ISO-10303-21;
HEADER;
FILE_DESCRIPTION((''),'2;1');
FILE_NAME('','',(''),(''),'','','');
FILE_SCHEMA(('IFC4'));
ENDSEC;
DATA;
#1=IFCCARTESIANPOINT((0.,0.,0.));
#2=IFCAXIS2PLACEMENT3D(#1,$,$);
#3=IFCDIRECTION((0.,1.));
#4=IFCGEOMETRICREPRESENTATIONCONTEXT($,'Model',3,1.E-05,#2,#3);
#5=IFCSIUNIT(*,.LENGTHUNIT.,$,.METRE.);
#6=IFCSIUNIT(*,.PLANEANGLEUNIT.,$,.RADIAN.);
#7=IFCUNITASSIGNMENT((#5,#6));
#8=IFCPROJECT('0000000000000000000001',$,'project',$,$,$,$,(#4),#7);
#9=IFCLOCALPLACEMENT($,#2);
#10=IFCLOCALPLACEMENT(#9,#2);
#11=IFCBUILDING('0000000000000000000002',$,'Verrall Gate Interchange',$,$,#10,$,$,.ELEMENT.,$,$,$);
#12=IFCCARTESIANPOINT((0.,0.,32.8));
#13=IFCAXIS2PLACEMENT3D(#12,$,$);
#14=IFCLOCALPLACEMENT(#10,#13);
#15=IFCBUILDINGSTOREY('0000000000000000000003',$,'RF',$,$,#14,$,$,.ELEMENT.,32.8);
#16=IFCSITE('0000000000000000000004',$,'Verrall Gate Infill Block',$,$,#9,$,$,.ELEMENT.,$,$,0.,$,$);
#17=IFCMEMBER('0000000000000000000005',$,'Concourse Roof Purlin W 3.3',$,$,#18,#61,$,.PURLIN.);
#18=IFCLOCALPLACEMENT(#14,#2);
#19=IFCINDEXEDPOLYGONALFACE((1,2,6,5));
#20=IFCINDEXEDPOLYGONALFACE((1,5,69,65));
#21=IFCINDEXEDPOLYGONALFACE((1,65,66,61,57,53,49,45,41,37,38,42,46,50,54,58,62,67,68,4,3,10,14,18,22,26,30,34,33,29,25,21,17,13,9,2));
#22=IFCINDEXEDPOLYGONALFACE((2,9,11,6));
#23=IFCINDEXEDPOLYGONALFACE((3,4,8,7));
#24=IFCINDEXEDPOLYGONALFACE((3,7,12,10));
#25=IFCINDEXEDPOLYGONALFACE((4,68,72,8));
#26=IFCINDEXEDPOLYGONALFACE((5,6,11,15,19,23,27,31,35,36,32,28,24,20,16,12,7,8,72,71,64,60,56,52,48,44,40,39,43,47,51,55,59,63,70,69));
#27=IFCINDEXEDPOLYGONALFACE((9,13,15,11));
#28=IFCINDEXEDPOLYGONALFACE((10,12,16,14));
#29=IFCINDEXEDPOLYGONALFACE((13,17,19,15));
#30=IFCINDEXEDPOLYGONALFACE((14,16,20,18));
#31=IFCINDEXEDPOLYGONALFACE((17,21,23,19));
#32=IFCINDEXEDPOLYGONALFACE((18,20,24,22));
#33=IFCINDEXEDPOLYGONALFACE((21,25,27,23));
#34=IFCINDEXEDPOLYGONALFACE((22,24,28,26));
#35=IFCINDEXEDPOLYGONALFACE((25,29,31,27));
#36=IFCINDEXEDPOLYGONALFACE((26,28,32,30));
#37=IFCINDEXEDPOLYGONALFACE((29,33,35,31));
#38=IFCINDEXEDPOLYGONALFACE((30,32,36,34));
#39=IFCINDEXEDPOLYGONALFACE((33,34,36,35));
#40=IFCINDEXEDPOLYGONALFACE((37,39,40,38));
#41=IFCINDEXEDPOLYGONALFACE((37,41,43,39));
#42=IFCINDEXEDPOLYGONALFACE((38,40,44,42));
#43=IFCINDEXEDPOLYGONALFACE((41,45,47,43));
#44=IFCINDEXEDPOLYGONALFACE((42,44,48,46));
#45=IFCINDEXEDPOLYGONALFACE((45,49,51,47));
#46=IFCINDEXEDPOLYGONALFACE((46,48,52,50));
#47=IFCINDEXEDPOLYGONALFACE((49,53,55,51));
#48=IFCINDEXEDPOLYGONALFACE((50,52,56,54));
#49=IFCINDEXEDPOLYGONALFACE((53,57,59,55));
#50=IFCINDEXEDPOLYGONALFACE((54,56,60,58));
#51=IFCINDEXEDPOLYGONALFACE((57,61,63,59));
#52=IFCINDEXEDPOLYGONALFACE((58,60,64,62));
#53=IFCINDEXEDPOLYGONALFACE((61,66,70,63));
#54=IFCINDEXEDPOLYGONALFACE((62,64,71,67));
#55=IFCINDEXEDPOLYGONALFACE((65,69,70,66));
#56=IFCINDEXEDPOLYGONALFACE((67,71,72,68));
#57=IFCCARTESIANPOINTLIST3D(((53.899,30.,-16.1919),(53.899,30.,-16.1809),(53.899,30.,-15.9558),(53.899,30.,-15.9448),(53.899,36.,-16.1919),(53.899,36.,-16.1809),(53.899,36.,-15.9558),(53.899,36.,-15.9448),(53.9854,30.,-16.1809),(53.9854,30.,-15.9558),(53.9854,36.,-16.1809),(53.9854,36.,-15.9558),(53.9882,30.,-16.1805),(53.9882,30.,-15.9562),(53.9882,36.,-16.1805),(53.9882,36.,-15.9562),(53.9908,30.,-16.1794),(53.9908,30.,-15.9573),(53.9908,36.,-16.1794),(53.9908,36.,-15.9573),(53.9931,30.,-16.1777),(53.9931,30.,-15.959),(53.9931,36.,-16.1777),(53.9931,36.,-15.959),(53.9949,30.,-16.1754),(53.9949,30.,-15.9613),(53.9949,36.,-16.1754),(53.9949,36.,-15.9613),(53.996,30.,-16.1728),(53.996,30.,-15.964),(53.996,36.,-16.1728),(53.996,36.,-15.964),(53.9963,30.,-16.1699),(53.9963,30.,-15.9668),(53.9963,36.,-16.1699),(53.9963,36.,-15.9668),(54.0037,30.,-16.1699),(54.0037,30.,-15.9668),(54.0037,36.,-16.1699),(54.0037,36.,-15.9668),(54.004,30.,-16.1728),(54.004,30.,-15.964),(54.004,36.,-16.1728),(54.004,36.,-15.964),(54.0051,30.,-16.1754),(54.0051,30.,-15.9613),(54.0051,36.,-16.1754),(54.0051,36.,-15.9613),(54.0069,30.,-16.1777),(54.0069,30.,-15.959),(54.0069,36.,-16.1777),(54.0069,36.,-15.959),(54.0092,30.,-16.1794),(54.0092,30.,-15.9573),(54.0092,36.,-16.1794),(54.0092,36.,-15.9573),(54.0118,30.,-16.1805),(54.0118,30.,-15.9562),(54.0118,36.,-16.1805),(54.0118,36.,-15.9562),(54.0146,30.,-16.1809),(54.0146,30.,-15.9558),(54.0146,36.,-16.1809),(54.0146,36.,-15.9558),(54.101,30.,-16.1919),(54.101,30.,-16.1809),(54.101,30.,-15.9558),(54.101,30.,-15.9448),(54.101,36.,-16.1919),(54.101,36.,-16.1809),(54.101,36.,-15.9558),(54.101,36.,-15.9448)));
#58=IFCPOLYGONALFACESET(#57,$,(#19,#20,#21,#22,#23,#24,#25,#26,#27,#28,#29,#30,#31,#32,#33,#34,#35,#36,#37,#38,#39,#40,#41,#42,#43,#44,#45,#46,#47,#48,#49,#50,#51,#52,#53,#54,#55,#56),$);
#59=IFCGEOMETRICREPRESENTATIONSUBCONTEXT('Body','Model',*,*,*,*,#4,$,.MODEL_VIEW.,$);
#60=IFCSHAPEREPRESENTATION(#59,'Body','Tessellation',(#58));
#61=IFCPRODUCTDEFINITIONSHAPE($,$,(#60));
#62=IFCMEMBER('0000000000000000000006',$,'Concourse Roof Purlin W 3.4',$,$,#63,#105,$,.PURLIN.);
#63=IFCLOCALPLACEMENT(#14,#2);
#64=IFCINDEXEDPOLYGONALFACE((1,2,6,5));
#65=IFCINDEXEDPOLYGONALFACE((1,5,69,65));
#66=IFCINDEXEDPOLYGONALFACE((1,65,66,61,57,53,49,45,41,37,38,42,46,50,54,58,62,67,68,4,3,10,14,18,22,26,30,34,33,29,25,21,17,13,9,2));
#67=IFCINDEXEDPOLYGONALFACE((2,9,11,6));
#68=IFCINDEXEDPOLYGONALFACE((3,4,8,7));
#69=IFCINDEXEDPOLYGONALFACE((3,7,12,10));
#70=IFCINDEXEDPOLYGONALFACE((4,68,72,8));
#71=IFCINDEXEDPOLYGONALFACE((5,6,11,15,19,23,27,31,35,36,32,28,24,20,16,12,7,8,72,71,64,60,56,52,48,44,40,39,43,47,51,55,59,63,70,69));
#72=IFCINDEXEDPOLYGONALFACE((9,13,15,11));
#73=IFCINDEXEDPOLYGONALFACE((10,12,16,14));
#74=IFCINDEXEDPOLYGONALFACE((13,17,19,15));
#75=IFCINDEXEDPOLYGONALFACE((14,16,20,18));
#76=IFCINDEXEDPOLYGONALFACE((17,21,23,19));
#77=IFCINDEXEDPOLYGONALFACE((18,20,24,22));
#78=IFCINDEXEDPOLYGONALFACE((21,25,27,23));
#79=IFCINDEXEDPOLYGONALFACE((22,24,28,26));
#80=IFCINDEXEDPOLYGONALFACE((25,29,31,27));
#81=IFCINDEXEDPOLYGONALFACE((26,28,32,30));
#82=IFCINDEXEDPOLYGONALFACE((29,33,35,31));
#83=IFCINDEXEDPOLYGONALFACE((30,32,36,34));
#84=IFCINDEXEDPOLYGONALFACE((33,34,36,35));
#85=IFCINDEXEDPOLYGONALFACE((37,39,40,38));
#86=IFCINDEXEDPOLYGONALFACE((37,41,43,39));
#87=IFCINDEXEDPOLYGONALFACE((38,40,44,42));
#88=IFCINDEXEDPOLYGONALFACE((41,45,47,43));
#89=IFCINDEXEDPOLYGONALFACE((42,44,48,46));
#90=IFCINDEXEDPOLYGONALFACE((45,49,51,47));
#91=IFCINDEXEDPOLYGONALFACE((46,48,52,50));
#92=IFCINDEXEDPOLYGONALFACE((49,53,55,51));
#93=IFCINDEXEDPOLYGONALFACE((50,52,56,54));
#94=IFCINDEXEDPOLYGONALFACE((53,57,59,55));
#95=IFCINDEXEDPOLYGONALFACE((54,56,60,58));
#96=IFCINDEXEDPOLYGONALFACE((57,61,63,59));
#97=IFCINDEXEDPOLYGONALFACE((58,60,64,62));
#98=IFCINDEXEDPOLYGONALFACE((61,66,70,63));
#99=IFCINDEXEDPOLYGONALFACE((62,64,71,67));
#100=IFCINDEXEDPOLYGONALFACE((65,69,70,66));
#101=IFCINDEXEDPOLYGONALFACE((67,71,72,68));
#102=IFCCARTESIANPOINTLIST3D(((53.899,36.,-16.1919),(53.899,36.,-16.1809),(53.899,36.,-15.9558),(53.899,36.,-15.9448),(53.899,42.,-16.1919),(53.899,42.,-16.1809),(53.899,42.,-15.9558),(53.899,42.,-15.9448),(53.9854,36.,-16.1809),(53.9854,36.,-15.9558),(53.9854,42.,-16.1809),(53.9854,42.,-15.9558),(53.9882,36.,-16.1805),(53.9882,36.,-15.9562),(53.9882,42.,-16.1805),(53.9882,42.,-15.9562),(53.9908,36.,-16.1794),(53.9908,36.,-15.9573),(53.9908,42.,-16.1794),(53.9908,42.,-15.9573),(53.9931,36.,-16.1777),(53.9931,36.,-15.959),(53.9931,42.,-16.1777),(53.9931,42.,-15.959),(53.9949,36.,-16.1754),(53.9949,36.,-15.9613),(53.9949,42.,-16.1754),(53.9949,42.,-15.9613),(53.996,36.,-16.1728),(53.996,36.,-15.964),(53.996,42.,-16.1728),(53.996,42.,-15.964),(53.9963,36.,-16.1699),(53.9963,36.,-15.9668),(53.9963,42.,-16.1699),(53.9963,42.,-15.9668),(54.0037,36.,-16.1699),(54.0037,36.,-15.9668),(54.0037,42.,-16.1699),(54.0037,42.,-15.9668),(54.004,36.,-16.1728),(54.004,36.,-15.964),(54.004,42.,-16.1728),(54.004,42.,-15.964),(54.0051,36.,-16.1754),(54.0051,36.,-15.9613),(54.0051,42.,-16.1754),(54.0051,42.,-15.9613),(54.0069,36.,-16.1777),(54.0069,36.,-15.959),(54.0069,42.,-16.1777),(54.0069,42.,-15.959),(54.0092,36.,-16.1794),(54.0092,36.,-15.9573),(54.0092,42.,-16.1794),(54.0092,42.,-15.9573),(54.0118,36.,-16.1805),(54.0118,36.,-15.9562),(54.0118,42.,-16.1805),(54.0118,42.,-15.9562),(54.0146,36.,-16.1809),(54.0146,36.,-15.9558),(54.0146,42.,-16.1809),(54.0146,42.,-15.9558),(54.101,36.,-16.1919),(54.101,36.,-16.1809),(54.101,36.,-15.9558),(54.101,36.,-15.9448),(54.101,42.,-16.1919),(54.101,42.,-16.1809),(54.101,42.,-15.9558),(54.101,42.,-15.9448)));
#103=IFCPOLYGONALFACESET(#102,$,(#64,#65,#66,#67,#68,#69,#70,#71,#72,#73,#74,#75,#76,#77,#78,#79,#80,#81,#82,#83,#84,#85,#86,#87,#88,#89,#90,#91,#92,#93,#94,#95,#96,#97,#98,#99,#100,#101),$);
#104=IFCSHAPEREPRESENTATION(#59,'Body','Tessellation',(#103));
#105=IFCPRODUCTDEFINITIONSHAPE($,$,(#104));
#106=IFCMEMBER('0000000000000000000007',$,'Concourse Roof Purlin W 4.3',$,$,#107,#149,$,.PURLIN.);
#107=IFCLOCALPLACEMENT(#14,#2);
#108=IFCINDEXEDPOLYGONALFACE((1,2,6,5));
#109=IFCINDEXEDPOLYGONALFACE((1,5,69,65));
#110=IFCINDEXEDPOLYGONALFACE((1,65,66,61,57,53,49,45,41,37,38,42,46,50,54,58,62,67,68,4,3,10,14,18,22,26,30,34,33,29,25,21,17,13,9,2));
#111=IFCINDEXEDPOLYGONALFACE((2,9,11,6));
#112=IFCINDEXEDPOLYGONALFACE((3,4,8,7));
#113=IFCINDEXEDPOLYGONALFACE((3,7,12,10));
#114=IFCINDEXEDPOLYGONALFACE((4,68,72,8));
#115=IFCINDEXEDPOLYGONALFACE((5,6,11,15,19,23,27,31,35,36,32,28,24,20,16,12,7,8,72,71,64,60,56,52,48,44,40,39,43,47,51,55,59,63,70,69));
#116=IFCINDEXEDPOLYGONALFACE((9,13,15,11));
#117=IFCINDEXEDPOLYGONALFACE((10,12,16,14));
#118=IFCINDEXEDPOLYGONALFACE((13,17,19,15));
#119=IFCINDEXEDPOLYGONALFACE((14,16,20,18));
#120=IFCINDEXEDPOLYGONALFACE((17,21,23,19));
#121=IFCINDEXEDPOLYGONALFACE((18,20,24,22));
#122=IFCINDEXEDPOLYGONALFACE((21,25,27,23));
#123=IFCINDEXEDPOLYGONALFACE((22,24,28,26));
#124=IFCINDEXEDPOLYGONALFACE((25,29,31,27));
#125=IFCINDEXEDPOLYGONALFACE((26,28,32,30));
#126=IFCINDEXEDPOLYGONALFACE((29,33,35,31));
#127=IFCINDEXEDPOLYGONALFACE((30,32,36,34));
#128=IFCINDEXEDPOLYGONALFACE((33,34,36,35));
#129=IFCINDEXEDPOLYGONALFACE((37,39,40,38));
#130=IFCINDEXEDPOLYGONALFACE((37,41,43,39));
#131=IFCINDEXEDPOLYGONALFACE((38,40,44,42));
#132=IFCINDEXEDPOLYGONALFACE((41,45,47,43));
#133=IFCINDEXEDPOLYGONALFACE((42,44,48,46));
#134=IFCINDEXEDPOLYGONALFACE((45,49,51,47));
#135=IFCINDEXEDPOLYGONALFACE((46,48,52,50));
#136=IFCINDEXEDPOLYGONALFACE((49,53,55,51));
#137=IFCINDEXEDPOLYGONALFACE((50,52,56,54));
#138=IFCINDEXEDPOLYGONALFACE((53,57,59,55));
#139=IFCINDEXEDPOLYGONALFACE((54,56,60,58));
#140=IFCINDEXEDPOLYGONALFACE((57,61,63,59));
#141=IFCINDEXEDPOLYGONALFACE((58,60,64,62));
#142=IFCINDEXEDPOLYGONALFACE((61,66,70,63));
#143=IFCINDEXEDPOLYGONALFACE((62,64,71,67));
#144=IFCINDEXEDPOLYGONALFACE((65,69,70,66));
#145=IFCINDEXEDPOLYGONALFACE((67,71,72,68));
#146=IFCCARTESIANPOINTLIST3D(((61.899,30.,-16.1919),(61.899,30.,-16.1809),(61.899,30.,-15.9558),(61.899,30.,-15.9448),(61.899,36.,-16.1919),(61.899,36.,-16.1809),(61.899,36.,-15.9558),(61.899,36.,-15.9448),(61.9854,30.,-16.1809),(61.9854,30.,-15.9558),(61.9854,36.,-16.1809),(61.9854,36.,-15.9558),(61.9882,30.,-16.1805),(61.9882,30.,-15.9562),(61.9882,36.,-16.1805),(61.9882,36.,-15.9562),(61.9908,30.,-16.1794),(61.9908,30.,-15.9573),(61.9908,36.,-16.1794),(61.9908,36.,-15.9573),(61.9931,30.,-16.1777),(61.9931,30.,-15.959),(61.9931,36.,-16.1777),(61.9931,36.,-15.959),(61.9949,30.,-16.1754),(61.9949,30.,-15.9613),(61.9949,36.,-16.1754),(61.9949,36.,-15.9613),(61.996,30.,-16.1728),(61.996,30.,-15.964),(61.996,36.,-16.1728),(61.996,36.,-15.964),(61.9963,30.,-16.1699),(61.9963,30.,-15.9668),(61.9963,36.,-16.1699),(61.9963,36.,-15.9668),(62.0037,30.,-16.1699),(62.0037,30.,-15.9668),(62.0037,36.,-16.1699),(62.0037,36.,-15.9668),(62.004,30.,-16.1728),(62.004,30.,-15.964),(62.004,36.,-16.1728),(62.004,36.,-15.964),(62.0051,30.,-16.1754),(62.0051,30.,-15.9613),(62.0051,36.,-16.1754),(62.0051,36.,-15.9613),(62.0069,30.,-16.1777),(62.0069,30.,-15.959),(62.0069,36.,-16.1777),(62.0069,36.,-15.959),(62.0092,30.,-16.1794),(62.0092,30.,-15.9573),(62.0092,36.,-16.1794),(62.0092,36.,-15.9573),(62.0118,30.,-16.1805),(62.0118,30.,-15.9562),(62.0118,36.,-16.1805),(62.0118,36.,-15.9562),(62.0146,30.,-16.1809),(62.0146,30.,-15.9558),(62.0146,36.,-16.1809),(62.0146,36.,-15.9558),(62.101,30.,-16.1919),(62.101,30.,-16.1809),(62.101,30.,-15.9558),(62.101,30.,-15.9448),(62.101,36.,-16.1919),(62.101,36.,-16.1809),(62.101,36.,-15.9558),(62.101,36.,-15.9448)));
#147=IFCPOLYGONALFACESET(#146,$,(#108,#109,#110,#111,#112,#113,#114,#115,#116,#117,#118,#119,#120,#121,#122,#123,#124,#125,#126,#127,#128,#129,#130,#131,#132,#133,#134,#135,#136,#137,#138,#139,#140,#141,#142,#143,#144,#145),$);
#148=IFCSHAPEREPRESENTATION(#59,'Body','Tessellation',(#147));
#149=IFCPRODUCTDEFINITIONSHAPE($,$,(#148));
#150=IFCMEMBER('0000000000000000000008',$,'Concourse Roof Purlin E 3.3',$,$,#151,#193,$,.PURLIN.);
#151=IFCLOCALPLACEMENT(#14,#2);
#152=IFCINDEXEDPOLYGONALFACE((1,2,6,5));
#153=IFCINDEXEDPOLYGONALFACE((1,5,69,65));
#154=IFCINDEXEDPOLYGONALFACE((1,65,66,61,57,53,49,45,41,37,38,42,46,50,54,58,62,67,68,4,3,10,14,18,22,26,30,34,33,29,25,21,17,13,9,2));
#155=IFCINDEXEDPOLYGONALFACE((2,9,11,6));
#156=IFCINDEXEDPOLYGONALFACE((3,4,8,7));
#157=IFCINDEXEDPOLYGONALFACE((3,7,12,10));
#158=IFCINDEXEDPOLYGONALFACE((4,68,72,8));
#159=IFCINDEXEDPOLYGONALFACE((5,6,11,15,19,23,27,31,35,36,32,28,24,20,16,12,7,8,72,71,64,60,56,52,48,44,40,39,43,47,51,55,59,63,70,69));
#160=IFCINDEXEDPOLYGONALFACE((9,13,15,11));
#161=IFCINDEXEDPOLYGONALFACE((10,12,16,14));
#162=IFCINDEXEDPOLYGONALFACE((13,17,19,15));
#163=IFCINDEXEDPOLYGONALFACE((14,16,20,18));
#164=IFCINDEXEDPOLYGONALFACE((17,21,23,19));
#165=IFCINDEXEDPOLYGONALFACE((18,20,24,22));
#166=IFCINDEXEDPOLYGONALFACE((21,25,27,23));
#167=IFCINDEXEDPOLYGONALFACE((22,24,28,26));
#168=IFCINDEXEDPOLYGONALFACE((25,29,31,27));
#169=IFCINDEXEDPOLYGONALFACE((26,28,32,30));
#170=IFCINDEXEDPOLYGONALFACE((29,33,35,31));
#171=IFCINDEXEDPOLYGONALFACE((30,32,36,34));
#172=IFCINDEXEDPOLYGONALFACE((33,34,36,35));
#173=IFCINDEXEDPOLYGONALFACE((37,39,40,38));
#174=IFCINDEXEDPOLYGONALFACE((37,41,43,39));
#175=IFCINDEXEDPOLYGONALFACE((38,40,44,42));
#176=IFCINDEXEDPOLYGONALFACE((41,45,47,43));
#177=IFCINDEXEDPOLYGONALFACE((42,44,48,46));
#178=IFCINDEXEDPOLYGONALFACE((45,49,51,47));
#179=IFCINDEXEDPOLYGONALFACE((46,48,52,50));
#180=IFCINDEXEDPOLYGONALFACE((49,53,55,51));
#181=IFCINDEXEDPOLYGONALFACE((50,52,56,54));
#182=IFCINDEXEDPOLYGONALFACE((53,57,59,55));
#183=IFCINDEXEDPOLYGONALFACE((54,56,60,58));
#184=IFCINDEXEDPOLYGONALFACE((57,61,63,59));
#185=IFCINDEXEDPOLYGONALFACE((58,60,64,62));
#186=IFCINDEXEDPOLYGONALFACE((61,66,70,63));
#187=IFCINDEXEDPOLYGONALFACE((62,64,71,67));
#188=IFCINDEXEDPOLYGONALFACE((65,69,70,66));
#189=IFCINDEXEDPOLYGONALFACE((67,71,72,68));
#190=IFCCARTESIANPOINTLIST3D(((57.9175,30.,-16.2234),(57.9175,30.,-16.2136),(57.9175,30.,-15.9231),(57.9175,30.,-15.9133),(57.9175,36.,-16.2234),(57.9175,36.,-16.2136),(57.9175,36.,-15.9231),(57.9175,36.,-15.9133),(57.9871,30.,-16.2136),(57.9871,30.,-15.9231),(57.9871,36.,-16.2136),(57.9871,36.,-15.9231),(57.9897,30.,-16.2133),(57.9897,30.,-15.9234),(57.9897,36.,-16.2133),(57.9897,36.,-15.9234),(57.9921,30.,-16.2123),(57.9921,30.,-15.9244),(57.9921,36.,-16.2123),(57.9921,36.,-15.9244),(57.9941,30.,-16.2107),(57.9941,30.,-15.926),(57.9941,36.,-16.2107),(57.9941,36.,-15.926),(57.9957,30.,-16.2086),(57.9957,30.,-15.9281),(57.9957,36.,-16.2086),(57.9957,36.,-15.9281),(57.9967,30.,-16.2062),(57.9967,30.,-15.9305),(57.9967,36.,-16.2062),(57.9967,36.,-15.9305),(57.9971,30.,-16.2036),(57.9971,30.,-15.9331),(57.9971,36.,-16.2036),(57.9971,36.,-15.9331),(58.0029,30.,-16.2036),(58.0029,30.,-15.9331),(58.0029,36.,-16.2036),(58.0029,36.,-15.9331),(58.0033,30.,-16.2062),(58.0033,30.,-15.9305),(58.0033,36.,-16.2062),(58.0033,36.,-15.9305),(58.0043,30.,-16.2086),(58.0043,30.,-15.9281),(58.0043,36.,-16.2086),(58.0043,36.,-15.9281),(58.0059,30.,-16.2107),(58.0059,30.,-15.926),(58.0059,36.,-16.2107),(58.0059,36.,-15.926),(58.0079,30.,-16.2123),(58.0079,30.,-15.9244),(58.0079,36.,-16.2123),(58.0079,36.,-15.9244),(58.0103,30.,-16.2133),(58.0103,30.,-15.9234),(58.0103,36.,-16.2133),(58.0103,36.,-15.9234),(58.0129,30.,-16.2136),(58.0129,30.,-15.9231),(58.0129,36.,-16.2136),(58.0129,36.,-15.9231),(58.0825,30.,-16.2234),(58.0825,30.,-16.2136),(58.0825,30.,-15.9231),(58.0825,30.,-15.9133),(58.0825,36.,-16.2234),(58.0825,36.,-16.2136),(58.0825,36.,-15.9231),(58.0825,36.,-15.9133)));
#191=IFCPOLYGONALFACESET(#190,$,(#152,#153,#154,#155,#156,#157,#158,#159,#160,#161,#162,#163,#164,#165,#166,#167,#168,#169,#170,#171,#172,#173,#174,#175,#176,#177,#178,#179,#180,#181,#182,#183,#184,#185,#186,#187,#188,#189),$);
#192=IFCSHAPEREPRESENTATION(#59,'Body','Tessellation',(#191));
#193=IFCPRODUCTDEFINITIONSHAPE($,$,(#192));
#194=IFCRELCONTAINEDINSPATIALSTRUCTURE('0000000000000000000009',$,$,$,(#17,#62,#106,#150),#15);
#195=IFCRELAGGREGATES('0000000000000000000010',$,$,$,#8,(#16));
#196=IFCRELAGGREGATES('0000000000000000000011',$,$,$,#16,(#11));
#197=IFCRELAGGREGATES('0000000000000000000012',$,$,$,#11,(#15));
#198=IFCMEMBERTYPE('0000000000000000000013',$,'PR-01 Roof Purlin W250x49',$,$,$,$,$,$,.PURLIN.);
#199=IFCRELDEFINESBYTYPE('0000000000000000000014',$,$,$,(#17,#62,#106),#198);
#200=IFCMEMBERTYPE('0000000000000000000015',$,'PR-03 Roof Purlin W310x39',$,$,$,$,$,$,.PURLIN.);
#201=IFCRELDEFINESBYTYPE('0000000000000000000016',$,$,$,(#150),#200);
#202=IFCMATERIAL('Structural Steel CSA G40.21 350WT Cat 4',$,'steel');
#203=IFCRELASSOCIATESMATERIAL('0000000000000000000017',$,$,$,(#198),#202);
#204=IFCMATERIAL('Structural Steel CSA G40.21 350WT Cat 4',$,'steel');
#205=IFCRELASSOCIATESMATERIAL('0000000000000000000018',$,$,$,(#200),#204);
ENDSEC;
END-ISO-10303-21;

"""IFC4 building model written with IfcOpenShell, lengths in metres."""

from ifc_helpers import new_model, si_unit, direction, frame, origin, origin_2d, place, context, subcontext, project, spatial, i_section, extrude, material, material_profile, profile_set, type_object, element, save


model = new_model("IFC4")

# Units and contexts
model_context = context("Model", 3, precision=1e-05, world=origin(), true_north=direction((0.0, 1.0)))
body_context = subcontext(model_context, "Body", "Model", "MODEL_VIEW")
ifc_project = project(units=[si_unit("LENGTHUNIT", "METRE"), si_unit("PLANEANGLEUNIT", "RADIAN")], contexts=[model_context])

# Site, building, storey
site_placement = place(None, origin())
site = spatial("IfcSite", under=ifc_project, at=site_placement, Name="Verrall Gate Infill Block", CompositionType="ELEMENT", RefElevation=0.0)
building_placement = place(site_placement, origin())
building = spatial("IfcBuilding", under=site, at=building_placement, Name="Verrall Gate Interchange", CompositionType="ELEMENT")
storey_placement = place(building_placement, frame((0.0, 0.0, 32.8)))
storey = spatial("IfcBuildingStorey", under=building, at=storey_placement, Name="RF", CompositionType="ELEMENT", Elevation=32.8)

# Members
ifc_material_1 = material(Name="Structural Steel CSA G40.21 350WT Cat 4", Category="steel")
ifc_material_profile_1 = material_profile(ifc_material_1, i_section(OverallWidth=0.2019, OverallDepth=0.2471, WebThickness=0.0073, FlangeThickness=0.011, FilletRadius=0.011, at=origin_2d()), Name="W250x49")
ifc_profile_set_1 = profile_set([ifc_material_profile_1], Name="Structural Steel CSA G40.21 350WT Cat 4")
member_type_1 = type_object("IfcMemberType", Name="PR-01 Roof Purlin W250x49", PredefinedType="PURLIN", material=ifc_profile_set_1)
for number, where, z_axis, x_axis, name in (
    (1, (54.0, 30.0, -16.0684), (0.0, 1.0, 0.0), (-1.0, 0.0, 0.0), "Concourse Roof Purlin W 3.3"),
    (2, (54.0, 36.0, -16.0684), (0.0, 1.0, 0.0), (-1.0, 0.0, 0.0), "Concourse Roof Purlin W 3.4"),
    (3, (62.0, 30.0, -16.0684), (0.0, 1.0, 0.0), (-1.0, 0.0, 0.0), "Concourse Roof Purlin W 4.3"),
):
    element("IfcMember", number, at=place(storey_placement, frame(where, z_axis=z_axis, x_axis=x_axis)), inside=storey, type_object=member_type_1, Name=name, PredefinedType="PURLIN", context=body_context, shape_type="SweptSolid", body=[
        extrude(i_section(OverallWidth=0.2019, OverallDepth=0.2471, WebThickness=0.0073, FlangeThickness=0.011, FilletRadius=0.011, at=origin_2d()), origin(), (0.0, 0.0, 1.0), 6.0),
    ])
ifc_material_2 = material(Name="Structural Steel CSA G40.21 350WT Cat 4", Category="steel")
ifc_material_profile_2 = material_profile(ifc_material_2, i_section(OverallWidth=0.165, OverallDepth=0.3101, WebThickness=0.0059, FlangeThickness=0.0098, FilletRadius=0.01, at=origin_2d()), Name="W310x39")
ifc_profile_set_2 = profile_set([ifc_material_profile_2], Name="Structural Steel CSA G40.21 350WT Cat 4")
member_type_2 = type_object("IfcMemberType", Name="PR-03 Roof Purlin W310x39", PredefinedType="PURLIN", material=ifc_profile_set_2)
for number, where, z_axis, x_axis, name in (
    (4, (58.0, 30.0, -16.0684), (0.0, 1.0, 0.0), (-1.0, 0.0, 0.0), "Concourse Roof Purlin E 3.3"),
):
    element("IfcMember", number, at=place(storey_placement, frame(where, z_axis=z_axis, x_axis=x_axis)), inside=storey, type_object=member_type_2, Name=name, PredefinedType="PURLIN", context=body_context, shape_type="SweptSolid", body=[
        extrude(i_section(OverallWidth=0.165, OverallDepth=0.3101, WebThickness=0.0059, FlangeThickness=0.0098, FilletRadius=0.01, at=origin_2d()), origin(), (0.0, 0.0, 1.0), 6.0),
    ])

save(model, "model.ifc")
